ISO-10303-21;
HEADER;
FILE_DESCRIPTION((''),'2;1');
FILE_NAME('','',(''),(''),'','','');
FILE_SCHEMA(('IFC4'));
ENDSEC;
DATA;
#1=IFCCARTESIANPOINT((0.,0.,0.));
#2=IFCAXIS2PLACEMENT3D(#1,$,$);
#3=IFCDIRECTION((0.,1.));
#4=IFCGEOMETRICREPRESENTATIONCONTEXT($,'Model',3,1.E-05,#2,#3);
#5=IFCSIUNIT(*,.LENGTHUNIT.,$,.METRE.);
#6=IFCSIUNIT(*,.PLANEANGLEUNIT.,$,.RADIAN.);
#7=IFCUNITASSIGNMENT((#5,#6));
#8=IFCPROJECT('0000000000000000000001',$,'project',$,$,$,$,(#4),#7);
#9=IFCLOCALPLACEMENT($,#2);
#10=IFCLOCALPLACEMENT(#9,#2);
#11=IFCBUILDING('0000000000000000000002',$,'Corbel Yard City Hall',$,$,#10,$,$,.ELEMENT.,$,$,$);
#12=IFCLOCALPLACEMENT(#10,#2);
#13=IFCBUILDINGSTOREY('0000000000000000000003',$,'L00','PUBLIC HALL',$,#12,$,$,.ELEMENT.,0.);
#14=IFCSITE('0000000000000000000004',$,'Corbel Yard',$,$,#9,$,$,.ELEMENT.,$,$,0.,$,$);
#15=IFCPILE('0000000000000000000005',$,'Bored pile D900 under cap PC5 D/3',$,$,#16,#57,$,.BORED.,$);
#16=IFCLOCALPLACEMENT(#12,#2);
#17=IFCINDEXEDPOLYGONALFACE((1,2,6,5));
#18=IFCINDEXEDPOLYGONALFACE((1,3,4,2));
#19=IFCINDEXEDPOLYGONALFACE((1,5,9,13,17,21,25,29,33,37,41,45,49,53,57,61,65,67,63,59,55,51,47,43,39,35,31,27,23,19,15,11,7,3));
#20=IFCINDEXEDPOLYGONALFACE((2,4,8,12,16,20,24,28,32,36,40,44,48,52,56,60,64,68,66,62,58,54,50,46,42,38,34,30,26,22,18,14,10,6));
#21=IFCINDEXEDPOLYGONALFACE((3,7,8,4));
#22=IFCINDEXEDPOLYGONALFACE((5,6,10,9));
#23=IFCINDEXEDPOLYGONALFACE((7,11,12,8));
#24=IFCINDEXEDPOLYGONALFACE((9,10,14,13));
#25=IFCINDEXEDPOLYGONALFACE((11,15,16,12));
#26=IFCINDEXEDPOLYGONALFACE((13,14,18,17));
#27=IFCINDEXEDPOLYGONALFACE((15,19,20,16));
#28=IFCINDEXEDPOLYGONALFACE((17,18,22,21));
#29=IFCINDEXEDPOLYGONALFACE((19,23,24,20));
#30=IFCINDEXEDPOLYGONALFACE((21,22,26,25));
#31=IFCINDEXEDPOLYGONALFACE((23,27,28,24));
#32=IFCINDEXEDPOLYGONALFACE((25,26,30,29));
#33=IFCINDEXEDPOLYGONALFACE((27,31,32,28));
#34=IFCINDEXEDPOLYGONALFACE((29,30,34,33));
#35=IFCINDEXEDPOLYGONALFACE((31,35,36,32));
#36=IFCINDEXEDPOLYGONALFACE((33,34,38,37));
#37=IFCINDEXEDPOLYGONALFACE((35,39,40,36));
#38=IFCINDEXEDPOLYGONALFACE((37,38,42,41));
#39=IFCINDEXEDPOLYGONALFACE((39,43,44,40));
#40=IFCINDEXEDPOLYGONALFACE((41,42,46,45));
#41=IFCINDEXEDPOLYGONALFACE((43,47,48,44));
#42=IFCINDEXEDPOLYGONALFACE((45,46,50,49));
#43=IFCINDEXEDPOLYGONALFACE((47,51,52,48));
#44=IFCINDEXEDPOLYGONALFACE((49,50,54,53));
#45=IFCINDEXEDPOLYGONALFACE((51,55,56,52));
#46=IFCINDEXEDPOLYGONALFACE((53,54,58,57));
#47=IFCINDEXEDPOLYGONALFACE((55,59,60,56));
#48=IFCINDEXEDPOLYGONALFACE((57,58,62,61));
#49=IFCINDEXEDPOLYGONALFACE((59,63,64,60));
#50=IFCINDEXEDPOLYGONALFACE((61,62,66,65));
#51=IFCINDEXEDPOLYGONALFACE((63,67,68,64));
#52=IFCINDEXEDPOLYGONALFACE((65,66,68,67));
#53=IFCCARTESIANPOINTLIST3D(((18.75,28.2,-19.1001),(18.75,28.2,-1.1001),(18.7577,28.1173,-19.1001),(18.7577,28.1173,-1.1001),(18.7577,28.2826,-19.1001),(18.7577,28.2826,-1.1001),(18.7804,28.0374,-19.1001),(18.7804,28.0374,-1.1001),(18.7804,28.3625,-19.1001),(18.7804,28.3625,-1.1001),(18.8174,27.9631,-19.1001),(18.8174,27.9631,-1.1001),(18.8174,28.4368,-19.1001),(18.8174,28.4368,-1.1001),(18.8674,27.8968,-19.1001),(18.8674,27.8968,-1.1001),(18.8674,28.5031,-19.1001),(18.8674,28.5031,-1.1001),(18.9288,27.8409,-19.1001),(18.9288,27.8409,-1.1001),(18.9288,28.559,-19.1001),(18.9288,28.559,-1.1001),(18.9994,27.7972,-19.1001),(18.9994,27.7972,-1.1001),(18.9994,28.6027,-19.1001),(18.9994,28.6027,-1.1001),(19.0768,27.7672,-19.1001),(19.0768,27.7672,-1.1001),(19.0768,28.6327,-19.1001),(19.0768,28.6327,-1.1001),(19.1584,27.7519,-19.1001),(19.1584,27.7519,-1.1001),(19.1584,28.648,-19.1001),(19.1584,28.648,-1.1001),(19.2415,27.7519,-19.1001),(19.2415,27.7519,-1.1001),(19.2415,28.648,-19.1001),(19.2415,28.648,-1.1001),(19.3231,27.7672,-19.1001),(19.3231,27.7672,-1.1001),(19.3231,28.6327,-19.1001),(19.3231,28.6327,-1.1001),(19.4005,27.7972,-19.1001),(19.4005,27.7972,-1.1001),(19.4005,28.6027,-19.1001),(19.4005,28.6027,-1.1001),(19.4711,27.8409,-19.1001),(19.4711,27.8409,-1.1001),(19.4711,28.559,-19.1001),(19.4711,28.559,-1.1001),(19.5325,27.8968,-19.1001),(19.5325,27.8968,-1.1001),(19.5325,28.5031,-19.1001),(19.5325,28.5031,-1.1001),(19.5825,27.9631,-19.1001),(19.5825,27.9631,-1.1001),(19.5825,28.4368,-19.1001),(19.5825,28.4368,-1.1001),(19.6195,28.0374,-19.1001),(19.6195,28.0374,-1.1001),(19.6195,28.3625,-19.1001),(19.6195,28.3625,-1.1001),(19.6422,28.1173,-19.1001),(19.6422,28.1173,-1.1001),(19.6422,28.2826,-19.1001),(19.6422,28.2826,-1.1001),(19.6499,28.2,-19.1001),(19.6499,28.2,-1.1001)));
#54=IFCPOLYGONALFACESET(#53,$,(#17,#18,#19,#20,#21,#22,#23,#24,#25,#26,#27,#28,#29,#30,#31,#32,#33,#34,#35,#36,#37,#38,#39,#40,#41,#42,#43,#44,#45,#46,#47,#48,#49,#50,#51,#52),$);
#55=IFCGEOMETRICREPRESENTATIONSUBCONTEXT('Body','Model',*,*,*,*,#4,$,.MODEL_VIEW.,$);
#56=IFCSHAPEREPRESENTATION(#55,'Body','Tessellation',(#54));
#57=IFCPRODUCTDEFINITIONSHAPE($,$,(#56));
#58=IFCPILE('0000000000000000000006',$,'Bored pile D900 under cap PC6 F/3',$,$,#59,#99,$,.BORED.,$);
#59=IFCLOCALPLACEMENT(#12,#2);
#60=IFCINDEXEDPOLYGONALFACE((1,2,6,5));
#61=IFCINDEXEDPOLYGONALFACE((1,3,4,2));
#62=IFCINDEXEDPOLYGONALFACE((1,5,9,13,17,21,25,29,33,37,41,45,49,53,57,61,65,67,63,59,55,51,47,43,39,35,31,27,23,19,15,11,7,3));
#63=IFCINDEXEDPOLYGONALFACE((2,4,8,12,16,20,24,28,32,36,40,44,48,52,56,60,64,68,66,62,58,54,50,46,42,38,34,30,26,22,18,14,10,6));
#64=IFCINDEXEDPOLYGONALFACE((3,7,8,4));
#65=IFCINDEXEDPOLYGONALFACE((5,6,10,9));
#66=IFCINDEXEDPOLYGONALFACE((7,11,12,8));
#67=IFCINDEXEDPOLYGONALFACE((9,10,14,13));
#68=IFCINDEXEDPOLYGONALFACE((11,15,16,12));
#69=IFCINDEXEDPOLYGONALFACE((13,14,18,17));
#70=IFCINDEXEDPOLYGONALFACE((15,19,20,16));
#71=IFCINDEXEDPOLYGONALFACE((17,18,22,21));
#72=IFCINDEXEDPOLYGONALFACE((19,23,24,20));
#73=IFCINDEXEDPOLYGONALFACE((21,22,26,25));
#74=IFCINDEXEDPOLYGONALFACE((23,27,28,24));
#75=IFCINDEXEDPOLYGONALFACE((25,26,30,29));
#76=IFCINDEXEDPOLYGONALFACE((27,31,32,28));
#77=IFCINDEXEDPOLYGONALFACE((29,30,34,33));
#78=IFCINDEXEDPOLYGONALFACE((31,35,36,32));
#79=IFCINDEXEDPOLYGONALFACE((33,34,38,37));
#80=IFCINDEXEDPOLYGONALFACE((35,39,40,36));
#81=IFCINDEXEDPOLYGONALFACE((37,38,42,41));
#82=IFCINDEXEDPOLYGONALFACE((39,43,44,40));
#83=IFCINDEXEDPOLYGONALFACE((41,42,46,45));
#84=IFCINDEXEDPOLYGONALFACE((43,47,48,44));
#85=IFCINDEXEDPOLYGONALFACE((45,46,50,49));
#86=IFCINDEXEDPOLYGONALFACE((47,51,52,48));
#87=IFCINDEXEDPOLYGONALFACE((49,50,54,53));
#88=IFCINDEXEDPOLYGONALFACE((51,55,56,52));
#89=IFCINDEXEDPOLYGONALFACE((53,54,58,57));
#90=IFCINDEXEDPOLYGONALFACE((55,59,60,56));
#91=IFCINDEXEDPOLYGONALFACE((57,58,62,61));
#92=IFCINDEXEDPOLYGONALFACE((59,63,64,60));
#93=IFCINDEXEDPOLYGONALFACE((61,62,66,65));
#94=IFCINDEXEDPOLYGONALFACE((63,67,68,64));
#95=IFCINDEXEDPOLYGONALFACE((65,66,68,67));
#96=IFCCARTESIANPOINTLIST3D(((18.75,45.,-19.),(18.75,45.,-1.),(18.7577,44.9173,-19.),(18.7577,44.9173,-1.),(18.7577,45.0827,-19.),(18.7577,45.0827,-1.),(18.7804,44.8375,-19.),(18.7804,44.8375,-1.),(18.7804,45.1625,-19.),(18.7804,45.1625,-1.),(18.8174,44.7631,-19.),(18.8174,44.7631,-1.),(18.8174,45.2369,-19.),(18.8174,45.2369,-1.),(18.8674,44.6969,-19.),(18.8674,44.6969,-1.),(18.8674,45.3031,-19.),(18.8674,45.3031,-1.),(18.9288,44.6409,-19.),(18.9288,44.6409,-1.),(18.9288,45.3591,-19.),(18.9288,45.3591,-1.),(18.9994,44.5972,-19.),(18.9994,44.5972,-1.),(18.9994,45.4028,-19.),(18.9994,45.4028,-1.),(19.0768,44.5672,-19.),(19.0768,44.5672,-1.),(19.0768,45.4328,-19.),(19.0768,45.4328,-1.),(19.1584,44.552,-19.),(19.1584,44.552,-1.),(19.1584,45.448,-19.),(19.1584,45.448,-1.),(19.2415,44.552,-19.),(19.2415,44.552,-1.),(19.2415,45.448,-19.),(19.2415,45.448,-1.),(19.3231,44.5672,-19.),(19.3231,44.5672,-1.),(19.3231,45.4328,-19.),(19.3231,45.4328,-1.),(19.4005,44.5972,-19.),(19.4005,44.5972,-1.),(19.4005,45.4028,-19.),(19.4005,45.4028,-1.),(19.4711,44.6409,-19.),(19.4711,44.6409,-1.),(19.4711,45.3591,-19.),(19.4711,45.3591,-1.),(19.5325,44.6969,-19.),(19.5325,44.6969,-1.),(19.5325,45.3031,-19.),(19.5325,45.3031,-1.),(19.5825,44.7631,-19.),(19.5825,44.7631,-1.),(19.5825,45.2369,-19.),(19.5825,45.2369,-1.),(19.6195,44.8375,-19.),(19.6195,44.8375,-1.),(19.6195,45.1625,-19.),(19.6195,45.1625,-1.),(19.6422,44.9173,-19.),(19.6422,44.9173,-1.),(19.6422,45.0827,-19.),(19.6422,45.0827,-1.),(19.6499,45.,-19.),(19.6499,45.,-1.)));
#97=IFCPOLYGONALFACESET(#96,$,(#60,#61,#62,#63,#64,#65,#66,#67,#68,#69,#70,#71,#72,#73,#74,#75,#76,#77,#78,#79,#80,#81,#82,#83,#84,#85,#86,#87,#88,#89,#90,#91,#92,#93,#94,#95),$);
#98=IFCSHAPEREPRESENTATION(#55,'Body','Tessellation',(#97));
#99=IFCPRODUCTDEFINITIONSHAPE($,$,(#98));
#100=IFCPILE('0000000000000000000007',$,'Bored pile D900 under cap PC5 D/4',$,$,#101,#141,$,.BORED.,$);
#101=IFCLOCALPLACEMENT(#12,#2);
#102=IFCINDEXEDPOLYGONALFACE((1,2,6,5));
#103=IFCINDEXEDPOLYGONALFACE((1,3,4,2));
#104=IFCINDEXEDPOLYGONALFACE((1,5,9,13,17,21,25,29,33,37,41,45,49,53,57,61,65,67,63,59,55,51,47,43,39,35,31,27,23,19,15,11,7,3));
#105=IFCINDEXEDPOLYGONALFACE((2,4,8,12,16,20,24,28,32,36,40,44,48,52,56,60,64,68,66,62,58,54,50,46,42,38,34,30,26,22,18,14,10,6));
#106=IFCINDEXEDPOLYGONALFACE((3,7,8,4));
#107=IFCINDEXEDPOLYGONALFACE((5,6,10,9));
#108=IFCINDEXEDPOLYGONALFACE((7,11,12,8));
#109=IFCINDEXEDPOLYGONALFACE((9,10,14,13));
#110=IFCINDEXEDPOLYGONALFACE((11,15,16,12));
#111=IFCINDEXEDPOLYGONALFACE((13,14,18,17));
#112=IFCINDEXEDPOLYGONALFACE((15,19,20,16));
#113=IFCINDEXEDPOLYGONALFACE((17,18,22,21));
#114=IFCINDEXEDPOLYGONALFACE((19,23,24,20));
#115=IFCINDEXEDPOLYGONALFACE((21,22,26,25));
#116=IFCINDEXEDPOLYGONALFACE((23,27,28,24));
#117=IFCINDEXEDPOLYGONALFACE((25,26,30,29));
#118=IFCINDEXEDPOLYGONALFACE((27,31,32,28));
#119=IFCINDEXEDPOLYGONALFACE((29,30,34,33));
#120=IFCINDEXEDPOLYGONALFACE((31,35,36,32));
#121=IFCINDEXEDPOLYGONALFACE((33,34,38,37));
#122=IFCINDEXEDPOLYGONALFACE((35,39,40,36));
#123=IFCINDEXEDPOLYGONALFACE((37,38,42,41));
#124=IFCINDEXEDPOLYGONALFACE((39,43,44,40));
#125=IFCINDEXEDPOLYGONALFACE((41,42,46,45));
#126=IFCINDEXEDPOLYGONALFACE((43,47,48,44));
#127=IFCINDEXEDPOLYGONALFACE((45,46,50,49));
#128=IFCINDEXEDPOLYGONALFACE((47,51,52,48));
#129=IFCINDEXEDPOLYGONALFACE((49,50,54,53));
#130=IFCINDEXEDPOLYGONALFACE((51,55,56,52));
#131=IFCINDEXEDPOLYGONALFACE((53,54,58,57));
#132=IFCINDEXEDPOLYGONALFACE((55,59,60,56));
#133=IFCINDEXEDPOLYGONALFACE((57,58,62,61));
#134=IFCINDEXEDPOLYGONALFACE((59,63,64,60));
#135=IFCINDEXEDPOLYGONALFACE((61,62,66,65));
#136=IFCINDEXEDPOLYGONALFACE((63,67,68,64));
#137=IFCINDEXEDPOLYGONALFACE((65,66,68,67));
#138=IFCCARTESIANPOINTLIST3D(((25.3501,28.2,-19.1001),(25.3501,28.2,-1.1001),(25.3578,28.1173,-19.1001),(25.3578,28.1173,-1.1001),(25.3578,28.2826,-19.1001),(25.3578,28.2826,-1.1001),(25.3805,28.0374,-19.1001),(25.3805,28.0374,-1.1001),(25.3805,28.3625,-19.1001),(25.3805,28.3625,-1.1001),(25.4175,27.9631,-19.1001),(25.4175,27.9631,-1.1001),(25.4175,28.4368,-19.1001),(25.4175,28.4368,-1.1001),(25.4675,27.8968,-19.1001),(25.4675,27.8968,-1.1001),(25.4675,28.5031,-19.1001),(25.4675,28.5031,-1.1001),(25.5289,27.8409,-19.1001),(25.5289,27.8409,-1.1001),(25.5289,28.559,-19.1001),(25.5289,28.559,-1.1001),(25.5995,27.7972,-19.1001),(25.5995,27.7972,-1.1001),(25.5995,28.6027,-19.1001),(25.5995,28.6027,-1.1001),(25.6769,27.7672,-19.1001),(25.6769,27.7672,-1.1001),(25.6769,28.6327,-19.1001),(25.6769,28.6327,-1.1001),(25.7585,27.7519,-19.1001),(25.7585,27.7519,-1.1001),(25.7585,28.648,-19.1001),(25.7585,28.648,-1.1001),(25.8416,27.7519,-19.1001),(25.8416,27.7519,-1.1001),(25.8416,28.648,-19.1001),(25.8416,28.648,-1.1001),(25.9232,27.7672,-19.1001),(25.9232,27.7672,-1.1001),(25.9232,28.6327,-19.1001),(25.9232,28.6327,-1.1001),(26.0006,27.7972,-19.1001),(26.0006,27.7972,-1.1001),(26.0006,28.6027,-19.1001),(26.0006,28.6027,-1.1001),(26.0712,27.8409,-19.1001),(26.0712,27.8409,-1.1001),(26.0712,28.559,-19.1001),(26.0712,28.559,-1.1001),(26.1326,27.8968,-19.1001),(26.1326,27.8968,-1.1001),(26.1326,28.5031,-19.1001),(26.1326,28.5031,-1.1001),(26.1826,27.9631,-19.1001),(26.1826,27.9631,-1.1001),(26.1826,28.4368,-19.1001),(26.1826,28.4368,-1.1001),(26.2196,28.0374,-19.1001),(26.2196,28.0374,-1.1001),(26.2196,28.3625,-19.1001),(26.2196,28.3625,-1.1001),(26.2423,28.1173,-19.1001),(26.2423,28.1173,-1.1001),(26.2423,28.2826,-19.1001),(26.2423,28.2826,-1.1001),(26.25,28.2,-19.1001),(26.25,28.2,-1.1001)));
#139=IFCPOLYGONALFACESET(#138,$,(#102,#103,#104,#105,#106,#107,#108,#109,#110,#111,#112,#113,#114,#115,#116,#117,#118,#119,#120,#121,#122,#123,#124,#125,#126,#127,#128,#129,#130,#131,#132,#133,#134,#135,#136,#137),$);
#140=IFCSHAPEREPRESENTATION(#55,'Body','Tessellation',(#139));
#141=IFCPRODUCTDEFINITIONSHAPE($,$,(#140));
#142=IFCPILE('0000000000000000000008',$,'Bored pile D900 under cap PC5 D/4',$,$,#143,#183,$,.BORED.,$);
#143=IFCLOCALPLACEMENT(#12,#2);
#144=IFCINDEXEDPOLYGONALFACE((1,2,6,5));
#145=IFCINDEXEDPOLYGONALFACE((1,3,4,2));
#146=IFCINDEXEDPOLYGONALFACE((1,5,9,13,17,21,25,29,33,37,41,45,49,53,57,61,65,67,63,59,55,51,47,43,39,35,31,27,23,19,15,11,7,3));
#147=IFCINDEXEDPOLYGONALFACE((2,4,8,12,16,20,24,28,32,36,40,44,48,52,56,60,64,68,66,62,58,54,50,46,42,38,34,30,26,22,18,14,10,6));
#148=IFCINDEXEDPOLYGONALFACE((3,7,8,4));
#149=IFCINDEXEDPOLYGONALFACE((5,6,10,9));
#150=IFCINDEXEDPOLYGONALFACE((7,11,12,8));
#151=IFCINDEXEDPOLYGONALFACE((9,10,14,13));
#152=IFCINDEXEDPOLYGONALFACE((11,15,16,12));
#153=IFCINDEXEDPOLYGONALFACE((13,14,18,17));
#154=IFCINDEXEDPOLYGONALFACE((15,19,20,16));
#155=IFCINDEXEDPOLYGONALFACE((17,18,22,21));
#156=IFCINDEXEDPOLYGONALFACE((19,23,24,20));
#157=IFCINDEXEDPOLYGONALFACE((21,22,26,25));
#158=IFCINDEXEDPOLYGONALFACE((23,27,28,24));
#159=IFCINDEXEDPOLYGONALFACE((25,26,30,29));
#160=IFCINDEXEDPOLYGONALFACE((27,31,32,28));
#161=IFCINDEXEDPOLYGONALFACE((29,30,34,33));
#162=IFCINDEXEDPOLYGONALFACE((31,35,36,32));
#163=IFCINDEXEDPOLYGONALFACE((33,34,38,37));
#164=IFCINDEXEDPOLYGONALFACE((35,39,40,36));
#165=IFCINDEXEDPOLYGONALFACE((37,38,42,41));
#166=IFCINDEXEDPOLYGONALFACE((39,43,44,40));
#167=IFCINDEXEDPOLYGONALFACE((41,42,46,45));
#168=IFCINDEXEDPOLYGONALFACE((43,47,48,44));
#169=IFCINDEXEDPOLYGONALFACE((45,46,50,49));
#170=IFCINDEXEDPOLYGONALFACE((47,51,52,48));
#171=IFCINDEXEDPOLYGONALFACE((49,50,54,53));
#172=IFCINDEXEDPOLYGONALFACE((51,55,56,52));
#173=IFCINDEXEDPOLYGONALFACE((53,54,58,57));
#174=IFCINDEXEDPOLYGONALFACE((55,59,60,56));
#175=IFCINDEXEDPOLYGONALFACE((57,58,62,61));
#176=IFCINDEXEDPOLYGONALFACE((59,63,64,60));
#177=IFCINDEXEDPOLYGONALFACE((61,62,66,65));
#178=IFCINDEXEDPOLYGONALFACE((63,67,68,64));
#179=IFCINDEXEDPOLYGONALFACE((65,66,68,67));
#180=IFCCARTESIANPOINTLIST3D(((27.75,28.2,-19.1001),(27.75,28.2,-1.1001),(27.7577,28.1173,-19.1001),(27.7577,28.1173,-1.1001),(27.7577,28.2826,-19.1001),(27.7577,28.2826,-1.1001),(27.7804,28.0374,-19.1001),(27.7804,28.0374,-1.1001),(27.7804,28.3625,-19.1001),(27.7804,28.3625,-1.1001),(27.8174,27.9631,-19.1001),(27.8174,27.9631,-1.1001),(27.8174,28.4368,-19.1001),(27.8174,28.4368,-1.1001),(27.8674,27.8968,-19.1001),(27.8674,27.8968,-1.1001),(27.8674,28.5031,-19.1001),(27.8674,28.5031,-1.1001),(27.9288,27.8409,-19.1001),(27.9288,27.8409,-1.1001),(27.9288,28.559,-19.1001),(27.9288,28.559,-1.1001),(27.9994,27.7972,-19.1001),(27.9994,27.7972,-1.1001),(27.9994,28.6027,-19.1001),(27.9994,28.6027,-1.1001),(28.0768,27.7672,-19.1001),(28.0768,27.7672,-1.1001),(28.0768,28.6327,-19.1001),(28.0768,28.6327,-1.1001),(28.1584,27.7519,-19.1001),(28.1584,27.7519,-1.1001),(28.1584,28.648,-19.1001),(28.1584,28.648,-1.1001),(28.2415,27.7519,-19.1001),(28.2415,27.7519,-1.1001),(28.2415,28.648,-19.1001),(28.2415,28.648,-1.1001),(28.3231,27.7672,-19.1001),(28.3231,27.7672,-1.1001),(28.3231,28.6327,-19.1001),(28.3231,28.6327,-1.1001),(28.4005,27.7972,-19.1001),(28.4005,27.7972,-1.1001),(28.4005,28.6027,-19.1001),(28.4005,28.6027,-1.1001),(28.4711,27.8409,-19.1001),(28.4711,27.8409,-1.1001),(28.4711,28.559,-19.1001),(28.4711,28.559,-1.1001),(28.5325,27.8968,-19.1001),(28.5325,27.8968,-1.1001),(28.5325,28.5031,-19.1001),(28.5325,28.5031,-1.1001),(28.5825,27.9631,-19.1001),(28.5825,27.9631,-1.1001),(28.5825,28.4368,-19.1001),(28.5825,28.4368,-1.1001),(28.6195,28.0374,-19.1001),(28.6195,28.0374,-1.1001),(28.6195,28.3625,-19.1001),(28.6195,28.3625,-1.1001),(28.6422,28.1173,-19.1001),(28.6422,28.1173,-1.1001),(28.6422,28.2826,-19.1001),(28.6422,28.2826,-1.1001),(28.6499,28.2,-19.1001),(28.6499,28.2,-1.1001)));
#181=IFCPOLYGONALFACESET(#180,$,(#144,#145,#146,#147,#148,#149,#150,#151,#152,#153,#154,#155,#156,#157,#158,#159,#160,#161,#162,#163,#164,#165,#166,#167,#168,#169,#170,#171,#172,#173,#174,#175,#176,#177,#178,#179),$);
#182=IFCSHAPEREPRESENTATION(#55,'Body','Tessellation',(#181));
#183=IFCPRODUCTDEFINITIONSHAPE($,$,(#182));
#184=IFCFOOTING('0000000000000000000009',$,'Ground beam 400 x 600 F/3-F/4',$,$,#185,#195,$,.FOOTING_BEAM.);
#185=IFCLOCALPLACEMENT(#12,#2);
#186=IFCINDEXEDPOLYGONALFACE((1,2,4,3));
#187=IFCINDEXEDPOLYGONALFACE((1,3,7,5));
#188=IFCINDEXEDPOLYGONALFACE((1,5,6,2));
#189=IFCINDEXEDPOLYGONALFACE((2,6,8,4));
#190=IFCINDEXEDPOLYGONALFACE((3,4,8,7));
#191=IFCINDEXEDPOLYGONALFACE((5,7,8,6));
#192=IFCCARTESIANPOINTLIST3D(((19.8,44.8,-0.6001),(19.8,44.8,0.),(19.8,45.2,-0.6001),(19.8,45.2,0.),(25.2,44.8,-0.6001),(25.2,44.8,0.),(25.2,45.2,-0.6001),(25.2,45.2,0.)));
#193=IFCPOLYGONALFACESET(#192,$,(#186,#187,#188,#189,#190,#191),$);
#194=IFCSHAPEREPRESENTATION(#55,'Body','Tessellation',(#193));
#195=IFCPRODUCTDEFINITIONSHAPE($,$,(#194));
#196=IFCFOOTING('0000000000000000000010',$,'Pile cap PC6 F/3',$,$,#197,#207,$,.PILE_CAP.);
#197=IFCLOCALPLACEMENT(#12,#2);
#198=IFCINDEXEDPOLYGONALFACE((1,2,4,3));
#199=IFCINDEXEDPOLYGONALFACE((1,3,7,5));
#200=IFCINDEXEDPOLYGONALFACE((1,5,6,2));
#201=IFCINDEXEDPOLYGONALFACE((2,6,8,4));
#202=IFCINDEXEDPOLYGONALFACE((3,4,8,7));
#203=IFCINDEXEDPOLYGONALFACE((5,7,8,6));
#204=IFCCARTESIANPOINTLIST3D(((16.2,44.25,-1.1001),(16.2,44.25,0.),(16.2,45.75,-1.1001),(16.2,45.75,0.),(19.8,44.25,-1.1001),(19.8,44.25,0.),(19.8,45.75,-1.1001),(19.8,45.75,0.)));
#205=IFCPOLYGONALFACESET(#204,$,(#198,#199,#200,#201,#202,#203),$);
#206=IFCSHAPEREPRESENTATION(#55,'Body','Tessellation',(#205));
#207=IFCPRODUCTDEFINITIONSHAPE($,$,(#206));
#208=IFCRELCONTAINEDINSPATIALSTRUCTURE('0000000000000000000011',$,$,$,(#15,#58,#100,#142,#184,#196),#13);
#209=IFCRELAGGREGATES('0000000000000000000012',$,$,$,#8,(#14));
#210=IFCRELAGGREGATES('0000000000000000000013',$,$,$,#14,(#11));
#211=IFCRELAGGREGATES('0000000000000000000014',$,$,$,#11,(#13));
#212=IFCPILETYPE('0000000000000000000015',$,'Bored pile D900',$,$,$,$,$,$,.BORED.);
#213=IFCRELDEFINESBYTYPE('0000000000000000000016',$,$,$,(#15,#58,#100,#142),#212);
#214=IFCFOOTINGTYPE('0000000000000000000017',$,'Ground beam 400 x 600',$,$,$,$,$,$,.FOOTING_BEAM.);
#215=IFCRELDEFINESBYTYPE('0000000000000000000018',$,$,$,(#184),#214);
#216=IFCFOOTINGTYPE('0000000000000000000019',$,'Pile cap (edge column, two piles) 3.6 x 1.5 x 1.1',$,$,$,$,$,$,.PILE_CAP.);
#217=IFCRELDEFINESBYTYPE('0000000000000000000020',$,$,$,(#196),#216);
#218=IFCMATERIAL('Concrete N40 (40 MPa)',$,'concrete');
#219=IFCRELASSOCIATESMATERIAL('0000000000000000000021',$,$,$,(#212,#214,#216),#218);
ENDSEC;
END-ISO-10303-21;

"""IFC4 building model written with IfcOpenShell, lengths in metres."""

from ifc_helpers import new_model, si_unit, direction, frame, origin, origin_2d, place, context, subcontext, project, spatial, rectangle, circle, extrude, material, material_profile, profile_set, type_object, element, save


model = new_model("IFC4")

# Units and contexts
model_context = context("Model", 3, precision=1e-05, world=origin(), true_north=direction((0.0, 1.0)))
body_context = subcontext(model_context, "Body", "Model", "MODEL_VIEW")
ifc_project = project(units=[si_unit("LENGTHUNIT", "METRE"), si_unit("PLANEANGLEUNIT", "RADIAN")], contexts=[model_context])

# Site, building, storey
site_placement = place(None, origin())
site = spatial("IfcSite", under=ifc_project, at=site_placement, Name="Corbel Yard", CompositionType="ELEMENT", RefElevation=0.0)
building_placement = place(site_placement, origin())
building = spatial("IfcBuilding", under=site, at=building_placement, Name="Corbel Yard City Hall", CompositionType="ELEMENT")
storey_placement = place(building_placement, origin())
storey = spatial("IfcBuildingStorey", under=building, at=storey_placement, Name="L00", Description="PUBLIC HALL", CompositionType="ELEMENT", Elevation=0.0)

# Piles
ifc_material_1 = material(Name="Concrete N40 (40 MPa)", Category="concrete")
ifc_material_profile_1 = material_profile(ifc_material_1, circle(Radius=0.45, at=origin_2d()), Name="D900")
ifc_profile_set_1 = profile_set([ifc_material_profile_1], Name="Concrete N40 (40 MPa)")
pile_type = type_object("IfcPileType", Name="Bored pile D900", PredefinedType="BORED", material=ifc_profile_set_1)
for number, where, z_axis, x_axis, name in (
    (1, (19.2, 28.2, -1.1001), (0.0, 0.0, -1.0), (1.0, 0.0, 0.0), "Bored pile D900 under cap PC5 D/3"),
    (2, (19.2, 45.0, -1.0), (0.0, 0.0, -1.0), (1.0, 0.0, 0.0), "Bored pile D900 under cap PC6 F/3"),
    (3, (25.8, 28.2, -1.1001), (0.0, 0.0, -1.0), (1.0, 0.0, 0.0), "Bored pile D900 under cap PC5 D/4"),
    (4, (28.2, 28.2, -1.1001), (0.0, 0.0, -1.0), (1.0, 0.0, 0.0), "Bored pile D900 under cap PC5 D/4"),
):
    element("IfcPile", number, at=place(storey_placement, frame(where, z_axis=z_axis, x_axis=x_axis)), inside=storey, type_object=pile_type, Name=name, PredefinedType="BORED", context=body_context, shape_type="SweptSolid", body=[
        extrude(circle(Radius=0.45, at=origin_2d()), origin(), (0.0, 0.0, 1.0), 18.0),
    ])

# Footings
footing_type_1 = type_object("IfcFootingType", Name="Ground beam 400 x 600", PredefinedType="FOOTING_BEAM", material=ifc_material_1)
footing_1_placement = place(storey_placement, frame((22.5, 45.0, -0.6001), z_axis=(0.0, 0.0, 1.0), x_axis=(1.0, 0.0, 0.0)))
element("IfcFooting", 5, at=footing_1_placement, inside=storey, type_object=footing_type_1, Name="Ground beam 400 x 600 F/3-F/4", PredefinedType="FOOTING_BEAM", context=body_context, shape_type="SweptSolid", body=[
    extrude(rectangle(XDim=5.3999, YDim=0.3999, at=origin_2d()), origin(), (0.0, 0.0, 1.0), 0.6001),
])
footing_type_2 = type_object("IfcFootingType", Name="Pile cap (edge column, two piles) 3.6 x 1.5 x 1.1", PredefinedType="PILE_CAP", material=ifc_material_1)
footing_2_placement = place(storey_placement, frame((18.0, 45.0, -1.1001), z_axis=(0.0, 0.0, 1.0), x_axis=(1.0, 0.0, 0.0)))
element("IfcFooting", 6, at=footing_2_placement, inside=storey, type_object=footing_type_2, Name="Pile cap PC6 F/3", PredefinedType="PILE_CAP", context=body_context, shape_type="SweptSolid", body=[
    extrude(rectangle(XDim=3.6001, YDim=1.5, at=origin_2d()), origin(), (0.0, 0.0, 1.0), 1.1001),
])

save(model, "model.ifc")
